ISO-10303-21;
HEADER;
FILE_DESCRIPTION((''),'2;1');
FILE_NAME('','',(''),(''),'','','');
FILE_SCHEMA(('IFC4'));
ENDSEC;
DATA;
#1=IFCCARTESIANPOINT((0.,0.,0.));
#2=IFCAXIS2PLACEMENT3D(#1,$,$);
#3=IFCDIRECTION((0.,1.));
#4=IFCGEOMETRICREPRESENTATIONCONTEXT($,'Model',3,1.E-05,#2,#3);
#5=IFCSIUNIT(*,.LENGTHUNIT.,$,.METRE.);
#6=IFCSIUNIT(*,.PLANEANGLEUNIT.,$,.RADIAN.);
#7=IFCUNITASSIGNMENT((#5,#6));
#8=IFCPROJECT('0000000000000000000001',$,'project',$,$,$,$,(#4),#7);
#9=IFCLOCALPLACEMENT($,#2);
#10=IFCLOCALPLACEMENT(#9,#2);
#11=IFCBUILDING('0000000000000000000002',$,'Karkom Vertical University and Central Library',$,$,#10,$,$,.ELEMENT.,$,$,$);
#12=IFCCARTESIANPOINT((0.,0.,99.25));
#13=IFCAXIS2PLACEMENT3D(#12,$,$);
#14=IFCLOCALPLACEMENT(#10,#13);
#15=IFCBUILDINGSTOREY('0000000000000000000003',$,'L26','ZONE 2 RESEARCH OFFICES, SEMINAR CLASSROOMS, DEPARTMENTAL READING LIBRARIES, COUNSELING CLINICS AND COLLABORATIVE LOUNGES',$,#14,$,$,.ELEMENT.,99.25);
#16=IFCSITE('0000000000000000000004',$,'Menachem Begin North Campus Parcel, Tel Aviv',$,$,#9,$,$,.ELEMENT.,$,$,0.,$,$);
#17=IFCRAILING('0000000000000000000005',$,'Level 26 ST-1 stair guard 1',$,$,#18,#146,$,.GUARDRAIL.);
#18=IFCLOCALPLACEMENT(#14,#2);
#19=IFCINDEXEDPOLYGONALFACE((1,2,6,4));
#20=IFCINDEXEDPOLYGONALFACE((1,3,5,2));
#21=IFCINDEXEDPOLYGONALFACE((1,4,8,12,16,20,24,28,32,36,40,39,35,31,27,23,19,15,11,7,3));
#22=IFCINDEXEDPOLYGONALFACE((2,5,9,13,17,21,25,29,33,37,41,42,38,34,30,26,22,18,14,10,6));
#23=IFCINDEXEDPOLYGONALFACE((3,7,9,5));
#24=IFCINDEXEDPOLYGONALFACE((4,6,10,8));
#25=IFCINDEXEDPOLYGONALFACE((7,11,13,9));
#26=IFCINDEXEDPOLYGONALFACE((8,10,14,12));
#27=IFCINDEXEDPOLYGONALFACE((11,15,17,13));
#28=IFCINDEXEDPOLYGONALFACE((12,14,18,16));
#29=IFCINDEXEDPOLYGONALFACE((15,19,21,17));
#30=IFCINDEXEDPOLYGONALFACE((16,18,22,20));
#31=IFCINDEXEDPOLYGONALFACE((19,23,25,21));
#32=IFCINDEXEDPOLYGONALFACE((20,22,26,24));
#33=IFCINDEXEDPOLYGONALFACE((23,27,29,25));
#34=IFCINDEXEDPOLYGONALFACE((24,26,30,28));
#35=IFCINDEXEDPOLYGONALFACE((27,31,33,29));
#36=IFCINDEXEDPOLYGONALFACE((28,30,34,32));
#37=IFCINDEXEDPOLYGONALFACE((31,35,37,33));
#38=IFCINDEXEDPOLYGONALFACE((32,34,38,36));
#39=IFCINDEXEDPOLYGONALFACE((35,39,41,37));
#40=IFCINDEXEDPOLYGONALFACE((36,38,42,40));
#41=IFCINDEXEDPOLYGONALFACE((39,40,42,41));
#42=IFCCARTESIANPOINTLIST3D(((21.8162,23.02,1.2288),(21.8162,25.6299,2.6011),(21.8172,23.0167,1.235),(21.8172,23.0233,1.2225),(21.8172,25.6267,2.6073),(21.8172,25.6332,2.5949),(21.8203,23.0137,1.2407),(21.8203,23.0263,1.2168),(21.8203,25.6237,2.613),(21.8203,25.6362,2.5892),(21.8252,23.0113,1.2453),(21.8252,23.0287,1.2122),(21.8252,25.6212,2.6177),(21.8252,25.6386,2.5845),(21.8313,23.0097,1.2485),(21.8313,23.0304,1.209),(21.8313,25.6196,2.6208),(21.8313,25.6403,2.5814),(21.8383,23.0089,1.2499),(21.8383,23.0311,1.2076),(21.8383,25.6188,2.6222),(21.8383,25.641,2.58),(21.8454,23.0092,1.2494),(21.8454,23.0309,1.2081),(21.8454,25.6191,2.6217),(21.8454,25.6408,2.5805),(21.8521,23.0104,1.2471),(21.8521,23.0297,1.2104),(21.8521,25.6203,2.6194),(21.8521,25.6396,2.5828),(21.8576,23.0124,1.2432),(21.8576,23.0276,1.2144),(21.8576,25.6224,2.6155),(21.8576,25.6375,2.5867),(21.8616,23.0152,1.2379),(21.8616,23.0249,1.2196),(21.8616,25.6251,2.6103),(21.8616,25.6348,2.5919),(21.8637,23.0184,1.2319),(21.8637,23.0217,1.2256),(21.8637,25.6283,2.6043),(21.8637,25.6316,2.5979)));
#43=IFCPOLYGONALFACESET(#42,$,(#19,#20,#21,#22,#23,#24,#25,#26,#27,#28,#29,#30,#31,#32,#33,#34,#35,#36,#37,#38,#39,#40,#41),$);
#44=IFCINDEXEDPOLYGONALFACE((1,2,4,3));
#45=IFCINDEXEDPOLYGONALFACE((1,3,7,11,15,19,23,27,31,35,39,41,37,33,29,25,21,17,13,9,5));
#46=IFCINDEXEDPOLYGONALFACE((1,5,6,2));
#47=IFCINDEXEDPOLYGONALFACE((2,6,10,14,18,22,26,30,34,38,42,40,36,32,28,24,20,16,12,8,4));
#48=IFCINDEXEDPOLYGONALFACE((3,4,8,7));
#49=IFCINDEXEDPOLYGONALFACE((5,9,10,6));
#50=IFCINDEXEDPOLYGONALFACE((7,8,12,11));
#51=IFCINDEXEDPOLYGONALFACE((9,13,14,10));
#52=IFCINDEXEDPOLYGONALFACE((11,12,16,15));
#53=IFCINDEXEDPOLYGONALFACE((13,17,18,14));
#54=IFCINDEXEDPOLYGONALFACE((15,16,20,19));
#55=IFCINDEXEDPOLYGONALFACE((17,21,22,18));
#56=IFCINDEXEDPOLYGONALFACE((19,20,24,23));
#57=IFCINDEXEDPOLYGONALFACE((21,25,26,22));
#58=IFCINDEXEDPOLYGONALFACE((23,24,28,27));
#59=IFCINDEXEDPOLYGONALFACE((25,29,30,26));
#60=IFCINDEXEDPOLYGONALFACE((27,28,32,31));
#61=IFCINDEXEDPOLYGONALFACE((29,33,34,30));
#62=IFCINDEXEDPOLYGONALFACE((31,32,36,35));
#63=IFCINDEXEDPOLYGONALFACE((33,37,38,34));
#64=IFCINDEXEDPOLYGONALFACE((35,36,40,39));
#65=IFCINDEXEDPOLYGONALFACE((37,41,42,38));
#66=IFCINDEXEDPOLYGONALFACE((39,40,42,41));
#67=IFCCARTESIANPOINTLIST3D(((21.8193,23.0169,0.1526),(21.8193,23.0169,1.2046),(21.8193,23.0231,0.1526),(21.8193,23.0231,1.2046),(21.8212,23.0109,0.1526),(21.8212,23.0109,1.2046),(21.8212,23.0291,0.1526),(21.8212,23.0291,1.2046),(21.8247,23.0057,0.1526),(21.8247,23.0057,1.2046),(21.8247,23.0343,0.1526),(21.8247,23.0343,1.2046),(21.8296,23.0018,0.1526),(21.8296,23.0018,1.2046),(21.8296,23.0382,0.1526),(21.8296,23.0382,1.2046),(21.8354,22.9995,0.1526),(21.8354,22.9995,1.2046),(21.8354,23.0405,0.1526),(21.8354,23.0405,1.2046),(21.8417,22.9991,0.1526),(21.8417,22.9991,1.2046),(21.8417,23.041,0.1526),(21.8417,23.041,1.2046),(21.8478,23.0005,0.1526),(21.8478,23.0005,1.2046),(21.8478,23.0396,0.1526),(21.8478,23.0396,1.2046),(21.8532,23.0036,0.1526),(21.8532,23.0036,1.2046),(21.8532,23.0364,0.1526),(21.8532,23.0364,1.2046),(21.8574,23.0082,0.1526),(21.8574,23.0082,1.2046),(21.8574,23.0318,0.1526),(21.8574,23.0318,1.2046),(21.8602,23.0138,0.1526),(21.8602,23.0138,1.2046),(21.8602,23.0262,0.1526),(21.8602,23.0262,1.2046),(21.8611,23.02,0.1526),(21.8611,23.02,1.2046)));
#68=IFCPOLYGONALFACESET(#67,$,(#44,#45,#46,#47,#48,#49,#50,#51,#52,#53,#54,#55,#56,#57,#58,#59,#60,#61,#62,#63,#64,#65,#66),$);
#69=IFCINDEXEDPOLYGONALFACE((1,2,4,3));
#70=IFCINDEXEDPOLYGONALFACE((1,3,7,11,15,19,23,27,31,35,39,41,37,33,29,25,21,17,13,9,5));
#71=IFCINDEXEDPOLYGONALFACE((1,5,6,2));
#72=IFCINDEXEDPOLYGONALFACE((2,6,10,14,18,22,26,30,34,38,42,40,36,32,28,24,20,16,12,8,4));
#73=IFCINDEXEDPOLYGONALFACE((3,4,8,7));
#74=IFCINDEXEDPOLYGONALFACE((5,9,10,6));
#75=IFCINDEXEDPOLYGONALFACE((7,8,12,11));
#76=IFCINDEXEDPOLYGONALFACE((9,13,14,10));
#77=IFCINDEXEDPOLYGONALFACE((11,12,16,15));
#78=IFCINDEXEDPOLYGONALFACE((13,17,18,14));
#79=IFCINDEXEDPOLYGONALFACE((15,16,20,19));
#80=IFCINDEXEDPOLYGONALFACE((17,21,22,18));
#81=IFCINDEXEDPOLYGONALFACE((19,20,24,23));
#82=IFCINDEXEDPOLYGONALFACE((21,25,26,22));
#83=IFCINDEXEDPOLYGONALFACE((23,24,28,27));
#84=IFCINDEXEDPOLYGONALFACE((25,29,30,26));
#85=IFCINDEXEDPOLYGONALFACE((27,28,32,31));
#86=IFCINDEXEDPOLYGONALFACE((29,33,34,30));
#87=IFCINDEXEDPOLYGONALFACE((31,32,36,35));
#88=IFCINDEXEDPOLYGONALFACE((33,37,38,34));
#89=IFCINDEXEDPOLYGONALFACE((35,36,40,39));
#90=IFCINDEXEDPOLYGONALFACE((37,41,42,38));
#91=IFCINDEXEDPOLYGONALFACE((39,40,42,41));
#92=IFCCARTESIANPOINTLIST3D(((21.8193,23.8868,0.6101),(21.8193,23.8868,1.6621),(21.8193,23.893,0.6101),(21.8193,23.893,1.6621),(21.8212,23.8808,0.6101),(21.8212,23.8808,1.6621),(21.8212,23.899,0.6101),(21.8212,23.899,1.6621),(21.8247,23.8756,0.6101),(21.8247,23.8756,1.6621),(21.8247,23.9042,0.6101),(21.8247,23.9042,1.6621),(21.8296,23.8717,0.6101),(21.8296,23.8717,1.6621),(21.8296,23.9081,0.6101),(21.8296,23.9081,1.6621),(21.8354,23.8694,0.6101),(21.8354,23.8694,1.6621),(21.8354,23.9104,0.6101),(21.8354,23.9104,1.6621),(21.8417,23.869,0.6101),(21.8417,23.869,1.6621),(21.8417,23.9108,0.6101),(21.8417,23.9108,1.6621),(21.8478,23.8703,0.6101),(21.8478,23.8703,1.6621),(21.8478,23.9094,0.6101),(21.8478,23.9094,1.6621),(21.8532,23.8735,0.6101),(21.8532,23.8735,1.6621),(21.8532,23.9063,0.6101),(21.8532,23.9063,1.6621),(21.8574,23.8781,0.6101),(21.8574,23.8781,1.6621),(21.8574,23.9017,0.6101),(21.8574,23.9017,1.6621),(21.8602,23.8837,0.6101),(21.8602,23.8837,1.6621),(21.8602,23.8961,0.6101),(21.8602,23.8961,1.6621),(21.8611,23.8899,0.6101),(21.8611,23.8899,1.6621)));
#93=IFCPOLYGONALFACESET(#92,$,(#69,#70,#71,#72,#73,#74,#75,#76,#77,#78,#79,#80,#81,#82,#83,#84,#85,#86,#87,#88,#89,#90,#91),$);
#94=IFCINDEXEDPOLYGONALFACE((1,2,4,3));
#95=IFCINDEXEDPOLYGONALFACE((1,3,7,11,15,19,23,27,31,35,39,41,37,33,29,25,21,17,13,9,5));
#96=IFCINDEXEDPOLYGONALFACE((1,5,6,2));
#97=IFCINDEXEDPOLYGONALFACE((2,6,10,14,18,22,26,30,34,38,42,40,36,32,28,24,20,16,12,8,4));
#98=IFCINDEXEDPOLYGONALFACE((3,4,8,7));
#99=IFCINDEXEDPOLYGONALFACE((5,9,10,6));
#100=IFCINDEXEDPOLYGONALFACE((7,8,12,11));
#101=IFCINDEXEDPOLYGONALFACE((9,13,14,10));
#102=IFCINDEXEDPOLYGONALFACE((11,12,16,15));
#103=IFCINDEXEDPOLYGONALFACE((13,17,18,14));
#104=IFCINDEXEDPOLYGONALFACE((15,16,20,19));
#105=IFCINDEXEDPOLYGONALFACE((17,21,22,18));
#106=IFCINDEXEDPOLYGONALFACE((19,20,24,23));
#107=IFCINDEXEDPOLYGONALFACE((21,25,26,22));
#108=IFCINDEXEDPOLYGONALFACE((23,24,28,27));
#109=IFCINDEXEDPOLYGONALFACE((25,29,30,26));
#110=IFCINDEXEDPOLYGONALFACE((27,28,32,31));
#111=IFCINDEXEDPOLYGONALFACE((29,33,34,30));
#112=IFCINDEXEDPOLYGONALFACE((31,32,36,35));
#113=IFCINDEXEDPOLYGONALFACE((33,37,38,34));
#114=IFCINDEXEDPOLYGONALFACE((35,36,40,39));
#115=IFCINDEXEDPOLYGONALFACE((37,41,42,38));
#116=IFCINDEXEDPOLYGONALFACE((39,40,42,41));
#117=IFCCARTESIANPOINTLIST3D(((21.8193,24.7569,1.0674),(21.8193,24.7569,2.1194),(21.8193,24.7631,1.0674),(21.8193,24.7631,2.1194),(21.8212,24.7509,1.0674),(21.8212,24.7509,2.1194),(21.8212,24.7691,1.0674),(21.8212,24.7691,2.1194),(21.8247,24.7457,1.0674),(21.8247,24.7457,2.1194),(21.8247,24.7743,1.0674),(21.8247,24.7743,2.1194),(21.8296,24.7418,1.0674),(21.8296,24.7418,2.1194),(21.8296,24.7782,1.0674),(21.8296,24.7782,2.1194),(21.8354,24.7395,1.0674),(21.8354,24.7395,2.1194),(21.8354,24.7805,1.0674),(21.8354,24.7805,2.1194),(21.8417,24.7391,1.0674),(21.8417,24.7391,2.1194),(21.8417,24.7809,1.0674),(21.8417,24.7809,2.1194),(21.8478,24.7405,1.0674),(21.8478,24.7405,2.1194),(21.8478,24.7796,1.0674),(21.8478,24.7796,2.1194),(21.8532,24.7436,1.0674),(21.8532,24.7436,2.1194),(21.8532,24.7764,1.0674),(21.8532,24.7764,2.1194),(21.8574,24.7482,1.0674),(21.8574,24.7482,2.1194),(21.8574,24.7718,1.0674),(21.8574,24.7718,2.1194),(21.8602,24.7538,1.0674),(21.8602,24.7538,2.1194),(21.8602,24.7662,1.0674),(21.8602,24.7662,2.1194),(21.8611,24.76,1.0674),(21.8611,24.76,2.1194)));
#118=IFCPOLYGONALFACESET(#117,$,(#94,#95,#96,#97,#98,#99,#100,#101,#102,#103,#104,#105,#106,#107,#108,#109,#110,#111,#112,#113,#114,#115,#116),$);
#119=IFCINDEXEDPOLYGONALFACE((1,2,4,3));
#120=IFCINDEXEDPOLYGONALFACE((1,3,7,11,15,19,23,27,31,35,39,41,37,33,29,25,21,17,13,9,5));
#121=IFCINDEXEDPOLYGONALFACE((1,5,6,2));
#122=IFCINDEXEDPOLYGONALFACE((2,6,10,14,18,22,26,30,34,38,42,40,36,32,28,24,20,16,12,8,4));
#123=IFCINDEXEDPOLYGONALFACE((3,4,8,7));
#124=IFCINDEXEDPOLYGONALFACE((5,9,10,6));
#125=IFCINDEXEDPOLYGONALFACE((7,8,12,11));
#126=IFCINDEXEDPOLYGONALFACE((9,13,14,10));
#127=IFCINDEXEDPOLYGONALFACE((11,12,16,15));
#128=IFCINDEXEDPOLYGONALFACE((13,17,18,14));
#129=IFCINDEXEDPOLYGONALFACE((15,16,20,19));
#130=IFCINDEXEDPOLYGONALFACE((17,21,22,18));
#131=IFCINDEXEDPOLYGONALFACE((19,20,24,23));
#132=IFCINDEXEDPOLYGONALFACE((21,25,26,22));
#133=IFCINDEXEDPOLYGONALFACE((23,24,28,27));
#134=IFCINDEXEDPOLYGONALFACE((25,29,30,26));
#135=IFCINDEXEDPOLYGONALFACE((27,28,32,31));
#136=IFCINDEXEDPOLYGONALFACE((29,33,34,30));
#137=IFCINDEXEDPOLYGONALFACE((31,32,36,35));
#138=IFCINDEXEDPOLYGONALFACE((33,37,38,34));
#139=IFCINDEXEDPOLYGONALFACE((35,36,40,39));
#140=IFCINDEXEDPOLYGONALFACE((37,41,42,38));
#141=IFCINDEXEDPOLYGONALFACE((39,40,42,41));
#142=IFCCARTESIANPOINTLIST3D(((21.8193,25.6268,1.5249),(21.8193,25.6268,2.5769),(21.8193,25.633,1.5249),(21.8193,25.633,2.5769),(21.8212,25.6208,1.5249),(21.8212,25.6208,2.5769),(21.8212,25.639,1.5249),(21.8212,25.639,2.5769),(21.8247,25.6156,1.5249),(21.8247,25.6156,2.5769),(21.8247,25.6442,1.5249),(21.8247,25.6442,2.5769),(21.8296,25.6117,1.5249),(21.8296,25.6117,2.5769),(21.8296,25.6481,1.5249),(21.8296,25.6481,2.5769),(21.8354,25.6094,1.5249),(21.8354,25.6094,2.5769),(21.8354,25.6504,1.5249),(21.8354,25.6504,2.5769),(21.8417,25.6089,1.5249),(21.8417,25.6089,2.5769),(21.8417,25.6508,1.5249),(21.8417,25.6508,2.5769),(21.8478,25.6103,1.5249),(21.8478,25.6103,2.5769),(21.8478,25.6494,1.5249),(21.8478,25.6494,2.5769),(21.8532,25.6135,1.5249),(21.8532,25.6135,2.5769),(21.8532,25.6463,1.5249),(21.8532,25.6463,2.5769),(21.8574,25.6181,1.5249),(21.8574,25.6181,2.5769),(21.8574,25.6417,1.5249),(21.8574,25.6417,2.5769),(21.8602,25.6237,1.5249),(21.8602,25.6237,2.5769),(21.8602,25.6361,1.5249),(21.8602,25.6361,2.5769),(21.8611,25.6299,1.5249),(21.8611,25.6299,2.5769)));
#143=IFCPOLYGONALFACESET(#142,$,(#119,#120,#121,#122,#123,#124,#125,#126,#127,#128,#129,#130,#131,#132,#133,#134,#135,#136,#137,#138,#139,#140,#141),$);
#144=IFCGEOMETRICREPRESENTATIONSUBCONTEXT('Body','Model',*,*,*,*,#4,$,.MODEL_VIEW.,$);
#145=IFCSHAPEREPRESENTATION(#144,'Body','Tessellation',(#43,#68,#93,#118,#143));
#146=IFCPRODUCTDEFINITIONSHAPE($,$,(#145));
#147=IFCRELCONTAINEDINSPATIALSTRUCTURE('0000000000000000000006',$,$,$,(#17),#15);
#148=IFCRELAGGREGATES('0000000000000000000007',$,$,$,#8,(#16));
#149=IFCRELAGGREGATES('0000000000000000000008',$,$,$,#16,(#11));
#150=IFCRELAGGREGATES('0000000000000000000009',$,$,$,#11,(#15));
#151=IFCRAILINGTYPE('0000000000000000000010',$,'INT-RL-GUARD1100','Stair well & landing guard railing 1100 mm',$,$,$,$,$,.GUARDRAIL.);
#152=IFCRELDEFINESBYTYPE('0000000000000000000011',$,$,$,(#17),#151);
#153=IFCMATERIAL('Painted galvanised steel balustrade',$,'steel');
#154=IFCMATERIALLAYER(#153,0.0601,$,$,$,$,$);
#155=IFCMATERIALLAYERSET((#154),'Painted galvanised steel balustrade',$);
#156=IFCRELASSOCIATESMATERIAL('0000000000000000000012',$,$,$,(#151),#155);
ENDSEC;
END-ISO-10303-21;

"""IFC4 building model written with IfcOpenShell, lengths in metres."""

from ifc_helpers import new_model, si_unit, direction, frame, origin, origin_2d, place, context, subcontext, project, spatial, circle, extrude, material, layer, layer_set, type_object, element, save


model = new_model("IFC4")

# Units and contexts
model_context = context("Model", 3, precision=1e-05, world=origin(), true_north=direction((0.0, 1.0)))
body_context = subcontext(model_context, "Body", "Model", "MODEL_VIEW")
ifc_project = project(units=[si_unit("LENGTHUNIT", "METRE"), si_unit("PLANEANGLEUNIT", "RADIAN")], contexts=[model_context])

# Site, building, storey
site_placement = place(None, origin())
site = spatial("IfcSite", under=ifc_project, at=site_placement, Name="Menachem Begin North Campus Parcel, Tel Aviv", CompositionType="ELEMENT", RefElevation=0.0)
building_placement = place(site_placement, origin())
building = spatial("IfcBuilding", under=site, at=building_placement, Name="Karkom Vertical University and Central Library", CompositionType="ELEMENT")
storey_placement = place(building_placement, frame((0.0, 0.0, 99.25)))
storey = spatial("IfcBuildingStorey", under=building, at=storey_placement, Name="L26", Description="ZONE 2 RESEARCH OFFICES, SEMINAR CLASSROOMS, DEPARTMENTAL READING LIBRARIES, COUNSELING CLINICS AND COLLABORATIVE LOUNGES", CompositionType="ELEMENT", Elevation=99.25)

# Railing
ifc_material_1 = material(Name="Painted galvanised steel balustrade", Category="steel")
ifc_layer_1 = layer(ifc_material_1, 0.0601)
ifc_layer_set_1 = layer_set([ifc_layer_1], Name="Painted galvanised steel balustrade")
railing_type = type_object("IfcRailingType", Name="INT-RL-GUARD1100", Description="Stair well & landing guard railing 1100 mm", PredefinedType="GUARDRAIL", material=ifc_layer_set_1)
railing_1_placement = place(storey_placement, frame((21.8401, 23.02, 0.1526)))
element("IfcRailing", 1, at=railing_1_placement, inside=storey, type_object=railing_type, Name="Level 26 ST-1 stair guard 1", PredefinedType="GUARDRAIL", context=body_context, shape_type="SweptSolid", body=[
    extrude(circle(Radius=0.0239, at=origin_2d()), frame((0.0, 0.0, 1.0762), z_axis=(0.0, 0.8851, 0.465402), x_axis=(-1.0, 0.0, 0.0)), (0.0, 0.0, 1.0), 2.9487),
    extrude(circle(Radius=0.021, at=origin_2d()), origin(), (0.0, 0.0, 1.0), 1.052),
    extrude(circle(Radius=0.021, at=origin_2d()), frame((0.0, 0.8699, 0.4575)), (0.0, 0.0, 1.0), 1.052),
    extrude(circle(Radius=0.021, at=origin_2d()), frame((0.0, 1.74, 0.9148)), (0.0, 0.0, 1.0), 1.052),
    extrude(circle(Radius=0.021, at=origin_2d()), frame((0.0, 2.6099, 1.3723)), (0.0, 0.0, 1.0), 1.052),
])

save(model, "model.ifc")
